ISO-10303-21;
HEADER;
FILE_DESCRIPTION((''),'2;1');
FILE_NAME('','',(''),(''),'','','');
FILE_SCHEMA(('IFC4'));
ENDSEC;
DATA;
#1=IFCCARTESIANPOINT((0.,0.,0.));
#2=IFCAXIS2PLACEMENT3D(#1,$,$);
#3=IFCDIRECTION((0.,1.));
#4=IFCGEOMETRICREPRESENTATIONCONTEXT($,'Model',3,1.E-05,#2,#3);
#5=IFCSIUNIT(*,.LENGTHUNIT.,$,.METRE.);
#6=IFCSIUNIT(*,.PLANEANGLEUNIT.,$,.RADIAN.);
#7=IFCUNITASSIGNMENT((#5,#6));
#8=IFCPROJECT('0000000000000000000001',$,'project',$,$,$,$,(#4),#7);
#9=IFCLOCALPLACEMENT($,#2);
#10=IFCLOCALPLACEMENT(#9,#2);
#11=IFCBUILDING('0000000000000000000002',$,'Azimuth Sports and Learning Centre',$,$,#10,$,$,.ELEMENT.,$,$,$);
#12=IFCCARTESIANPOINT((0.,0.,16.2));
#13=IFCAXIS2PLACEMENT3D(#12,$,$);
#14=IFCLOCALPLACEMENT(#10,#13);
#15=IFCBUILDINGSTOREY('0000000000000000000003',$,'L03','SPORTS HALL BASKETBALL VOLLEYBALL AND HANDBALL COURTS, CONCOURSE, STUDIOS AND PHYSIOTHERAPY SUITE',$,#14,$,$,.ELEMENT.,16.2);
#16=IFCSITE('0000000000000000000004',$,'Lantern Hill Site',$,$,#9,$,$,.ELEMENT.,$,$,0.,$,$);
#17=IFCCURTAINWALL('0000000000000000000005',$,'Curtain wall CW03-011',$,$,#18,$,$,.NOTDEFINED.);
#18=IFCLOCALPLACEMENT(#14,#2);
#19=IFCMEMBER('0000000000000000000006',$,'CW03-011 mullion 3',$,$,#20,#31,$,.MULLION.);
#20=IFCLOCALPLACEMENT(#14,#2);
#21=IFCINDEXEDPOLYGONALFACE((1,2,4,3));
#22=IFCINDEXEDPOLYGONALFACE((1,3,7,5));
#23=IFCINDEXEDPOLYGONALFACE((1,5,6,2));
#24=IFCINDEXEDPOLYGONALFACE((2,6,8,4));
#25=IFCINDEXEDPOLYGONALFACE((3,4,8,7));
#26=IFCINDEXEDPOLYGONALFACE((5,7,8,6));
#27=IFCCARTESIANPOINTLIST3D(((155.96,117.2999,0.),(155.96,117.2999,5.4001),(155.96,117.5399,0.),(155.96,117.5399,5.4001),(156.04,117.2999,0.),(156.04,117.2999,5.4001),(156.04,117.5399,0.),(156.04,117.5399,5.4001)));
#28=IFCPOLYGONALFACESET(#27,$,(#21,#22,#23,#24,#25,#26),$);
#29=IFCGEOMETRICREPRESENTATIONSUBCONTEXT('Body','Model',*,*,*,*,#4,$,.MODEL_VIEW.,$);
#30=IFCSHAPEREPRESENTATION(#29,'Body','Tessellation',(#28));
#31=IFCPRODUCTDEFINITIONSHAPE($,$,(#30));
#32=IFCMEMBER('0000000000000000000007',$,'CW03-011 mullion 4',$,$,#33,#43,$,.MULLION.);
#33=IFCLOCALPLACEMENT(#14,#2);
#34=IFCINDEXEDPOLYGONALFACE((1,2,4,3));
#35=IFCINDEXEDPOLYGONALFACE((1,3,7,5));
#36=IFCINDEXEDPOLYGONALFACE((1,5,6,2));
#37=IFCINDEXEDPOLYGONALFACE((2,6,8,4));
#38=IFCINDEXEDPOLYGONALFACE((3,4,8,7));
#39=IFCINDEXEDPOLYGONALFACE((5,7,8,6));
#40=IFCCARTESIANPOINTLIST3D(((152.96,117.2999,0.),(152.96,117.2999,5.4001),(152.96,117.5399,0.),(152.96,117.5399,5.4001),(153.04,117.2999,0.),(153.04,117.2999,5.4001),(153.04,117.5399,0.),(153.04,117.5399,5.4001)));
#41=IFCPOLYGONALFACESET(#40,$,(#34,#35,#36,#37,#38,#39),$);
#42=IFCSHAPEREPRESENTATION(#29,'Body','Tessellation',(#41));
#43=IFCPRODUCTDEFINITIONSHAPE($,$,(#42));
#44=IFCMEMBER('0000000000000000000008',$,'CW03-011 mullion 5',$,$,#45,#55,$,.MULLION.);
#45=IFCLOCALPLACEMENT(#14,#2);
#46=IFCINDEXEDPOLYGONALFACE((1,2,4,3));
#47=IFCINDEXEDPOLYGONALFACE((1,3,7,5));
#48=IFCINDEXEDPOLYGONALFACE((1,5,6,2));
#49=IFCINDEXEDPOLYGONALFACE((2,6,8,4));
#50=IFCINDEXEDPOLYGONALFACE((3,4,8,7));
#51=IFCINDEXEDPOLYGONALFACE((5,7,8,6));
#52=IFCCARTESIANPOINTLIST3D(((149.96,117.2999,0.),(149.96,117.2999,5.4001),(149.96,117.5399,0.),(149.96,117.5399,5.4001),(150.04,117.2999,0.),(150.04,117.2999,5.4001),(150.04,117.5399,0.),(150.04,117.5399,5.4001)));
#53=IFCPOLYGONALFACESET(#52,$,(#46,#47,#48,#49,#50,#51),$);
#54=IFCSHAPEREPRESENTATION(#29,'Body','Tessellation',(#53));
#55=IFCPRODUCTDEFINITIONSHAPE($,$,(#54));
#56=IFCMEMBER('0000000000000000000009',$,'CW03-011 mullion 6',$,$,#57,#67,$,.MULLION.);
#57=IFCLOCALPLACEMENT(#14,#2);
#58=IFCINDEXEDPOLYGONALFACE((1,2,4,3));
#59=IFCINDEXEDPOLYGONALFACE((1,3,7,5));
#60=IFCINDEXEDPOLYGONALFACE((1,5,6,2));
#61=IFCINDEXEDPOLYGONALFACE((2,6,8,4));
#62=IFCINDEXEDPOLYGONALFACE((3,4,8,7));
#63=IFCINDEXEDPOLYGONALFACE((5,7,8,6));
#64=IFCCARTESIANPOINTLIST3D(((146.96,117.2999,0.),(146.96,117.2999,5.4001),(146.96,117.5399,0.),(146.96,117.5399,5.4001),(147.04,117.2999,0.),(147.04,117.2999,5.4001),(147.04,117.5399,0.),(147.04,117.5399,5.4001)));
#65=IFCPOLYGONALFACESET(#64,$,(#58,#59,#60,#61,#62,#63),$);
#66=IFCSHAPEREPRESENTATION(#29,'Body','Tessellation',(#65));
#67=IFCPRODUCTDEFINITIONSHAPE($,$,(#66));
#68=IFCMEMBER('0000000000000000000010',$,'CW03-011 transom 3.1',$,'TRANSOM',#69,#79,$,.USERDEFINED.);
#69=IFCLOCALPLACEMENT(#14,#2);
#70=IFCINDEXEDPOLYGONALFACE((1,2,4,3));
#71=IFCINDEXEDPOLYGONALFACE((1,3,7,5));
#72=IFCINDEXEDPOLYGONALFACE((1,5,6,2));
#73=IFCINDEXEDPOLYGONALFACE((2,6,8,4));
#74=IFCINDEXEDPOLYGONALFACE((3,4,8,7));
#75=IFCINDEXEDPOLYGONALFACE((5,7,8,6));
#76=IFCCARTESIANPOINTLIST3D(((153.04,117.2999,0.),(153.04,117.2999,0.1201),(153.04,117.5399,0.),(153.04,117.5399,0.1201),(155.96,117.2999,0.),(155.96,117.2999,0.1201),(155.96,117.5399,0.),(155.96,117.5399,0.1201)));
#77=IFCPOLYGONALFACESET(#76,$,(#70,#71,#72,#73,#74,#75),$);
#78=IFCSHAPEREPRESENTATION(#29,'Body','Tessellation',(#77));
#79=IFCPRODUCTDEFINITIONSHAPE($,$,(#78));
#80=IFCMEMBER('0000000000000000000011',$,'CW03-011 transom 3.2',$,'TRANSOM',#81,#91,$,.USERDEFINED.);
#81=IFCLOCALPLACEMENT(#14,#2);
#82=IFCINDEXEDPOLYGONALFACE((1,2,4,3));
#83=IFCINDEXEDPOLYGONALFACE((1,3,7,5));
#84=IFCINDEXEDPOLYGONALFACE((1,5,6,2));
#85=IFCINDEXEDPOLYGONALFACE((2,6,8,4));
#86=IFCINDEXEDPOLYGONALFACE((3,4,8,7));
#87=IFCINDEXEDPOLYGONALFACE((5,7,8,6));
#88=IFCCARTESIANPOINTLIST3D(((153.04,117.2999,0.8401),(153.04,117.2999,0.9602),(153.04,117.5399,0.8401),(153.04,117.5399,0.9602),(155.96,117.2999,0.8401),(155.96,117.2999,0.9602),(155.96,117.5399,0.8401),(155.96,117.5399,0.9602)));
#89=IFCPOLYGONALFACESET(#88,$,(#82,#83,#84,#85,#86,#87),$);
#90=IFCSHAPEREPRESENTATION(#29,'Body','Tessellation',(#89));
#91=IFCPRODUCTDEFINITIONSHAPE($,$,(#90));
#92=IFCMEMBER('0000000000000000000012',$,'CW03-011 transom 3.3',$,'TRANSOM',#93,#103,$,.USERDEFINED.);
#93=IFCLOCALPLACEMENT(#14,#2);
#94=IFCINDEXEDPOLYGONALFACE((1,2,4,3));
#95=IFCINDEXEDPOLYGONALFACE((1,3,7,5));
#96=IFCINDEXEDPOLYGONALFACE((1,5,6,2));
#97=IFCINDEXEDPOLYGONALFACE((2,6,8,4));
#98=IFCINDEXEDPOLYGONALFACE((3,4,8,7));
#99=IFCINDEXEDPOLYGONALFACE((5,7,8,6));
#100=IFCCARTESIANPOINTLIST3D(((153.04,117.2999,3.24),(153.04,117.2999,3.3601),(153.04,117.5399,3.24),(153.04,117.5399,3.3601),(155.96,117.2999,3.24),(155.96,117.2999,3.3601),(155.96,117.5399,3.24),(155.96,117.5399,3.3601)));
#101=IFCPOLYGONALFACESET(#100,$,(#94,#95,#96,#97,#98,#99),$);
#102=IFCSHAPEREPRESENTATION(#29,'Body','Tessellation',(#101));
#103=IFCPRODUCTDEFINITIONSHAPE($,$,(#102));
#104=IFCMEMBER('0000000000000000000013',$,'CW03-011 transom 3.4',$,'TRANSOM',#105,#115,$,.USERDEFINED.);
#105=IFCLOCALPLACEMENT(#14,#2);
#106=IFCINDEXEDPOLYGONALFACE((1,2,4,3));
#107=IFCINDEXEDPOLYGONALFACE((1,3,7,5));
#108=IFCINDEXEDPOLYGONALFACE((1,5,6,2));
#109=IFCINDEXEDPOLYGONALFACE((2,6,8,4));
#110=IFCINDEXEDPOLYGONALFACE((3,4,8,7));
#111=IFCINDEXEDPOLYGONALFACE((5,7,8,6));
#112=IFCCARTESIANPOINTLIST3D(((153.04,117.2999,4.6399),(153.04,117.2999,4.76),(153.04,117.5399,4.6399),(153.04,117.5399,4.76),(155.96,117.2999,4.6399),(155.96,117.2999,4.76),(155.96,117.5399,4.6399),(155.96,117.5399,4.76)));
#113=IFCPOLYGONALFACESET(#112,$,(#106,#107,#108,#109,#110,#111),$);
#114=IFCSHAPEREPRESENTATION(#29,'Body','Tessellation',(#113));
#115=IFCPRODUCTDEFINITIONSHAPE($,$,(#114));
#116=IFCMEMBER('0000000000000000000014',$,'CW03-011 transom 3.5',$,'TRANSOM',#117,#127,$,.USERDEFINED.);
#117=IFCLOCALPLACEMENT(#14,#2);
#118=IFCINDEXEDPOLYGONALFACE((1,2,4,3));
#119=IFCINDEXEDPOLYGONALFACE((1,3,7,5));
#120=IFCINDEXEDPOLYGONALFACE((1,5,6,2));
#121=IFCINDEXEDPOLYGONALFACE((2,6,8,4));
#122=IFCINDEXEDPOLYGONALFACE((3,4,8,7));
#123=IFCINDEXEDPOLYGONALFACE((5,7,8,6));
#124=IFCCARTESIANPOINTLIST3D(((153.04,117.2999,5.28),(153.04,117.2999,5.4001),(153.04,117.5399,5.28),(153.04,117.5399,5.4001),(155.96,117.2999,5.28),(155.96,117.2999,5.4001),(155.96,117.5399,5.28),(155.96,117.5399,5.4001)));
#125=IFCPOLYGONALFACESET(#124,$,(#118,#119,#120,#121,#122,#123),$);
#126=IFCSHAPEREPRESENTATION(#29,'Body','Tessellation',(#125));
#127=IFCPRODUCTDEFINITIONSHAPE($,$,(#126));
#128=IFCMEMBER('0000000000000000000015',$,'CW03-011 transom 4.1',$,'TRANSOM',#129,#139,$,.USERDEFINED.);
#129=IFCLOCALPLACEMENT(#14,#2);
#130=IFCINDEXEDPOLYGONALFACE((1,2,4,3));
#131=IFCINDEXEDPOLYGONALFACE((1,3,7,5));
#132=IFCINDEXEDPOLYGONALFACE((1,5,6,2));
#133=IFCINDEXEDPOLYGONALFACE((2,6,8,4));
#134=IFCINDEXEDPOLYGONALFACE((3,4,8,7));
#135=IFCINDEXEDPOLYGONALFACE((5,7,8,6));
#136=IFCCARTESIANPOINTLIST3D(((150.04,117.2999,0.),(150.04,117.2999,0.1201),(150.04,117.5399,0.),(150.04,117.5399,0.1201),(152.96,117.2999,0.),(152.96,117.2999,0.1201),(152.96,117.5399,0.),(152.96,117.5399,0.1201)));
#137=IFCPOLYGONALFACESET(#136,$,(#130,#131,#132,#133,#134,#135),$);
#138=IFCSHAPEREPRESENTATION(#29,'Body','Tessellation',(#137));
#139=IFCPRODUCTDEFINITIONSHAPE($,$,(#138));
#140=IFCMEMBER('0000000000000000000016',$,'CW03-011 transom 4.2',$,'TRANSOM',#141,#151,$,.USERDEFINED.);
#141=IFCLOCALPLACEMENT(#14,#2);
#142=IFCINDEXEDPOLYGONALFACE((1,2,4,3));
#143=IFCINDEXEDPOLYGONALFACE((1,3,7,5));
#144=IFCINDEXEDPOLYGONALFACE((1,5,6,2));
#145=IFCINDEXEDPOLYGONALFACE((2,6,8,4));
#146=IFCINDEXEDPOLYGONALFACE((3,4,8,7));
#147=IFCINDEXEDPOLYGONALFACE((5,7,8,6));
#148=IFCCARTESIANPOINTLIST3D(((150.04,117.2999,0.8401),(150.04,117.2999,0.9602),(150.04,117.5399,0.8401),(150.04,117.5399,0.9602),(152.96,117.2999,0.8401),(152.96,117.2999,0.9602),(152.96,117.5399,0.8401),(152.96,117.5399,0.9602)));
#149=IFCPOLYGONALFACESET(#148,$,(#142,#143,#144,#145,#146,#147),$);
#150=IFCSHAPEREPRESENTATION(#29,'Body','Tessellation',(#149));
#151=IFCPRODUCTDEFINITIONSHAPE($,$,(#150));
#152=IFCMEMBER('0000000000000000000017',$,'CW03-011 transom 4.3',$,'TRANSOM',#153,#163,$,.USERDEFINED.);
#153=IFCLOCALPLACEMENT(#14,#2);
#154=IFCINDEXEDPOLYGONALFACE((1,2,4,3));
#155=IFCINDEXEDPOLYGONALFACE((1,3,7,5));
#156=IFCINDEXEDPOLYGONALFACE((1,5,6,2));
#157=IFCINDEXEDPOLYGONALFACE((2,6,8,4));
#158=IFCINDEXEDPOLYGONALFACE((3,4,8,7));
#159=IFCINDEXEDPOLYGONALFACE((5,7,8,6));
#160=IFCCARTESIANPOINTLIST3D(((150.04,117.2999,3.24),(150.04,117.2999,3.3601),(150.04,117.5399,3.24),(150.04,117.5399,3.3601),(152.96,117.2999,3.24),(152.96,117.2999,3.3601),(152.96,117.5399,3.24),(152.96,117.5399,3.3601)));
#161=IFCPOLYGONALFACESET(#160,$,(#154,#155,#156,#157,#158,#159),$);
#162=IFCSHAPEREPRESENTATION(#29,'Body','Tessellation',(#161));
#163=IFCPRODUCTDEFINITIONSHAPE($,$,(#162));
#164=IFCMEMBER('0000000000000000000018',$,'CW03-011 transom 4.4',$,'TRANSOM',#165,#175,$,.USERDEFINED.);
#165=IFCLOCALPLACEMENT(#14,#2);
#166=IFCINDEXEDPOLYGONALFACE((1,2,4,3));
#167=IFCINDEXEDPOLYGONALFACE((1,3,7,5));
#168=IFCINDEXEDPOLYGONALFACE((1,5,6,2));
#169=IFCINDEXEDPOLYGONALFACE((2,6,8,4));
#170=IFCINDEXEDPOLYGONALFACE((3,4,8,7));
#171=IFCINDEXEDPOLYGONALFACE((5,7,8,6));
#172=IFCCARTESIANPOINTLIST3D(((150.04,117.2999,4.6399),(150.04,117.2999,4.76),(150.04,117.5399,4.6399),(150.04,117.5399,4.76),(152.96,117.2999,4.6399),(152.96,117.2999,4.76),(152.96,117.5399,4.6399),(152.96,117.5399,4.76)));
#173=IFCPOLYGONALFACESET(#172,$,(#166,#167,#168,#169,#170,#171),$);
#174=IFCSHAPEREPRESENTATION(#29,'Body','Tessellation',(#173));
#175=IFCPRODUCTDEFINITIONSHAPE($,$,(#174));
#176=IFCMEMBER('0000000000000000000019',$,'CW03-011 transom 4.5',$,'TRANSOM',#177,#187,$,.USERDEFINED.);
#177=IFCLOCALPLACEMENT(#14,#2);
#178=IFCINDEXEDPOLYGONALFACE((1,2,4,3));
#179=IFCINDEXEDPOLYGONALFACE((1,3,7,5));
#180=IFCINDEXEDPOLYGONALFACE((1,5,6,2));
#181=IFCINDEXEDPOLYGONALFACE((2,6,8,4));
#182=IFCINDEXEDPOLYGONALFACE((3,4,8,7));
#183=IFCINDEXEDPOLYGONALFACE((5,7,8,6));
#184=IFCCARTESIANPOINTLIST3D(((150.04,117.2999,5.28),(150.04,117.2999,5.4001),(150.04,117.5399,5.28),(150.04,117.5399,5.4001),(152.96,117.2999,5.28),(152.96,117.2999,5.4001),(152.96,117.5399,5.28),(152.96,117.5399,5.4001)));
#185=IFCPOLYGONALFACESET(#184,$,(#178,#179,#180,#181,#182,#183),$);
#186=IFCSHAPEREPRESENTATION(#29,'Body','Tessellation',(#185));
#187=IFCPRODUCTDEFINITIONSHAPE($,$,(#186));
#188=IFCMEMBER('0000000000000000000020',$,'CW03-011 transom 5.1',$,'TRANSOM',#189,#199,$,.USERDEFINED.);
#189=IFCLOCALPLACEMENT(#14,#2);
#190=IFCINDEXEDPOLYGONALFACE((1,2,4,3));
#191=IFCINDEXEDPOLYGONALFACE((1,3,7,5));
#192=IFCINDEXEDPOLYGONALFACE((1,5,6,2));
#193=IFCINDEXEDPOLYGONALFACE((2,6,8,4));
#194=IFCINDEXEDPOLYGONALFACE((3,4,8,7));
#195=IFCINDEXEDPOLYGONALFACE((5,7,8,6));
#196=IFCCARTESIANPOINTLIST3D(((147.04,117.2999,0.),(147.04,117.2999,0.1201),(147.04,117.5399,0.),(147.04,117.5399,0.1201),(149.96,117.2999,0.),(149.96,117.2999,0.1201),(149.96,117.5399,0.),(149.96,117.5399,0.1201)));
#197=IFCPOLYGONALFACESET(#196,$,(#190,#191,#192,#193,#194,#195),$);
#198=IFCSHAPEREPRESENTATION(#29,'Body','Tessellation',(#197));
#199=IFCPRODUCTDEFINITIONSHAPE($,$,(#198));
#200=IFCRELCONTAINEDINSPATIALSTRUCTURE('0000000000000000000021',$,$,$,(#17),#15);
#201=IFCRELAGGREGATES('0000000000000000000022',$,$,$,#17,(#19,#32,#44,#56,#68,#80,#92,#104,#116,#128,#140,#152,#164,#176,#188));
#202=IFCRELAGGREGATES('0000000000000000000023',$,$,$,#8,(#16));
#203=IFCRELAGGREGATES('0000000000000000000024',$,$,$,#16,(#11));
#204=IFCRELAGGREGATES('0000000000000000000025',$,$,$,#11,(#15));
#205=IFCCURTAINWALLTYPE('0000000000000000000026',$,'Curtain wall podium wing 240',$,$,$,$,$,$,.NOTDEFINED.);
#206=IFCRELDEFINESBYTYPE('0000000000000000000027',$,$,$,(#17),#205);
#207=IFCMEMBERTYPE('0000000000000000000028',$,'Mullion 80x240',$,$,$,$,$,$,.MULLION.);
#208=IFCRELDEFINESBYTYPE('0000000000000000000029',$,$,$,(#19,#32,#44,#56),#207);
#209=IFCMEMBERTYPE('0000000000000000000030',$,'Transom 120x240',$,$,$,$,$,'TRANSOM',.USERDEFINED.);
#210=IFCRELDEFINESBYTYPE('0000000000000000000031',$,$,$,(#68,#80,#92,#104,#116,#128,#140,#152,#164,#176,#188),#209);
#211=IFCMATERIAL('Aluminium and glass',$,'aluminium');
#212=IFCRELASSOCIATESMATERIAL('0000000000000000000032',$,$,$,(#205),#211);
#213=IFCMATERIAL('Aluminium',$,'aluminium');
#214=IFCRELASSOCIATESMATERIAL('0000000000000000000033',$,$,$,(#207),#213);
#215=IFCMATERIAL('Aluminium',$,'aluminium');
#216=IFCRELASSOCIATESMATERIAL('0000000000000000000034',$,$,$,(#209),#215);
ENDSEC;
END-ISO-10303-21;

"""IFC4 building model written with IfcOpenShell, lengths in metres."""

from ifc_helpers import new_model, si_unit, direction, frame, origin, origin_2d, place, context, subcontext, project, spatial, rectangle, extrude, material, material_profile, profile_set, type_object, element, aggregate, save


model = new_model("IFC4")

# Units and contexts
model_context = context("Model", 3, precision=1e-05, world=origin(), true_north=direction((0.0, 1.0)))
body_context = subcontext(model_context, "Body", "Model", "MODEL_VIEW")
ifc_project = project(units=[si_unit("LENGTHUNIT", "METRE"), si_unit("PLANEANGLEUNIT", "RADIAN")], contexts=[model_context])

# Site, building, storey
site_placement = place(None, origin())
site = spatial("IfcSite", under=ifc_project, at=site_placement, Name="Lantern Hill Site", CompositionType="ELEMENT", RefElevation=0.0)
building_placement = place(site_placement, origin())
building = spatial("IfcBuilding", under=site, at=building_placement, Name="Azimuth Sports and Learning Centre", CompositionType="ELEMENT")
storey_placement = place(building_placement, frame((0.0, 0.0, 16.2)))
storey = spatial("IfcBuildingStorey", under=building, at=storey_placement, Name="L03", Description="SPORTS HALL BASKETBALL VOLLEYBALL AND HANDBALL COURTS, CONCOURSE, STUDIOS AND PHYSIOTHERAPY SUITE", CompositionType="ELEMENT", Elevation=16.2)

# Curtain wall, members
ifc_material_1 = material(Name="Aluminium and glass", Category="aluminium")
curtain_wall_type = type_object("IfcCurtainWallType", Name="Curtain wall podium wing 240", PredefinedType="NOTDEFINED", material=ifc_material_1)
curtain_wall_placement = place(storey_placement, origin())
curtain_wall = element("IfcCurtainWall", 1, at=curtain_wall_placement, inside=storey, type_object=curtain_wall_type, Name="Curtain wall CW03-011", PredefinedType="NOTDEFINED")
ifc_material_2 = material(Name="Aluminium", Category="aluminium")
ifc_material_profile_1 = material_profile(ifc_material_2, rectangle(XDim=0.24, YDim=0.0801, at=origin_2d()), Name="Mullion 80x240")
ifc_profile_set_1 = profile_set([ifc_material_profile_1], Name="Aluminium")
member_type_1 = type_object("IfcMemberType", Name="Mullion 80x240", PredefinedType="MULLION", material=ifc_profile_set_1)
member_1_placement = place(storey_placement, frame((156.0, 117.4199, 0.0), z_axis=(0.0, 0.0, 1.0), x_axis=(0.0, -1.0, 0.0)))
member_1 = element("IfcMember", 2, at=member_1_placement, type_object=member_type_1, Name="CW03-011 mullion 3", PredefinedType="MULLION", context=body_context, shape_type="SweptSolid", body=[
    extrude(rectangle(XDim=0.24, YDim=0.0801, at=origin_2d()), origin(), (0.0, 0.0, 1.0), 5.4001),
])
member_2_placement = place(storey_placement, frame((153.0, 117.4199, 0.0), z_axis=(0.0, 0.0, 1.0), x_axis=(0.0, -1.0, 0.0)))
member_2 = element("IfcMember", 3, at=member_2_placement, type_object=member_type_1, Name="CW03-011 mullion 4", PredefinedType="MULLION", context=body_context, shape_type="SweptSolid", body=[
    extrude(rectangle(XDim=0.24, YDim=0.0801, at=origin_2d()), origin(), (0.0, 0.0, 1.0), 5.4001),
])
member_3_placement = place(storey_placement, frame((150.0, 117.4199, 0.0), z_axis=(0.0, 0.0, 1.0), x_axis=(0.0, -1.0, 0.0)))
member_3 = element("IfcMember", 4, at=member_3_placement, type_object=member_type_1, Name="CW03-011 mullion 5", PredefinedType="MULLION", context=body_context, shape_type="SweptSolid", body=[
    extrude(rectangle(XDim=0.24, YDim=0.0801, at=origin_2d()), origin(), (0.0, 0.0, 1.0), 5.4001),
])
member_4_placement = place(storey_placement, frame((147.0, 117.4199, 0.0), z_axis=(0.0, 0.0, 1.0), x_axis=(0.0, -1.0, 0.0)))
member_4 = element("IfcMember", 5, at=member_4_placement, type_object=member_type_1, Name="CW03-011 mullion 6", PredefinedType="MULLION", context=body_context, shape_type="SweptSolid", body=[
    extrude(rectangle(XDim=0.24, YDim=0.0801, at=origin_2d()), origin(), (0.0, 0.0, 1.0), 5.4001),
])
ifc_material_3 = material(Name="Aluminium", Category="aluminium")
ifc_material_profile_2 = material_profile(ifc_material_3, rectangle(XDim=0.24, YDim=0.1201, at=origin_2d()), Name="Transom 120x240")
ifc_profile_set_2 = profile_set([ifc_material_profile_2], Name="Aluminium")
member_type_2 = type_object("IfcMemberType", Name="Transom 120x240", ElementType="TRANSOM", PredefinedType="USERDEFINED", material=ifc_profile_set_2)
member_5_placement = place(storey_placement, frame((155.96, 117.4199, 0.0601), z_axis=(-1.0, 0.0, 0.0), x_axis=(0.0, -1.0, 0.0)))
member_5 = element("IfcMember", 6, at=member_5_placement, type_object=member_type_2, Name="CW03-011 transom 3.1", ObjectType="TRANSOM", PredefinedType="USERDEFINED", context=body_context, shape_type="SweptSolid", body=[
    extrude(rectangle(XDim=0.24, YDim=0.1201, at=origin_2d()), origin(), (0.0, 0.0, 1.0), 2.9199),
])
member_6_placement = place(storey_placement, frame((155.96, 117.4199, 0.9001), z_axis=(-1.0, 0.0, 0.0), x_axis=(0.0, -1.0, 0.0)))
member_6 = element("IfcMember", 7, at=member_6_placement, type_object=member_type_2, Name="CW03-011 transom 3.2", ObjectType="TRANSOM", PredefinedType="USERDEFINED", context=body_context, shape_type="SweptSolid", body=[
    extrude(rectangle(XDim=0.24, YDim=0.1201, at=origin_2d()), origin(), (0.0, 0.0, 1.0), 2.9199),
])
member_7_placement = place(storey_placement, frame((155.96, 117.4199, 3.3), z_axis=(-1.0, 0.0, 0.0), x_axis=(0.0, -1.0, 0.0)))
member_7 = element("IfcMember", 8, at=member_7_placement, type_object=member_type_2, Name="CW03-011 transom 3.3", ObjectType="TRANSOM", PredefinedType="USERDEFINED", context=body_context, shape_type="SweptSolid", body=[
    extrude(rectangle(XDim=0.24, YDim=0.1201, at=origin_2d()), origin(), (0.0, 0.0, 1.0), 2.9199),
])
member_8_placement = place(storey_placement, frame((155.96, 117.4199, 4.7), z_axis=(-1.0, 0.0, 0.0), x_axis=(0.0, -1.0, 0.0)))
member_8 = element("IfcMember", 9, at=member_8_placement, type_object=member_type_2, Name="CW03-011 transom 3.4", ObjectType="TRANSOM", PredefinedType="USERDEFINED", context=body_context, shape_type="SweptSolid", body=[
    extrude(rectangle(XDim=0.24, YDim=0.1201, at=origin_2d()), origin(), (0.0, 0.0, 1.0), 2.9199),
])
member_9_placement = place(storey_placement, frame((155.96, 117.4199, 5.3401), z_axis=(-1.0, 0.0, 0.0), x_axis=(0.0, -1.0, 0.0)))
member_9 = element("IfcMember", 10, at=member_9_placement, type_object=member_type_2, Name="CW03-011 transom 3.5", ObjectType="TRANSOM", PredefinedType="USERDEFINED", context=body_context, shape_type="SweptSolid", body=[
    extrude(rectangle(XDim=0.24, YDim=0.1201, at=origin_2d()), origin(), (0.0, 0.0, 1.0), 2.9199),
])
member_10_placement = place(storey_placement, frame((152.96, 117.4199, 0.0601), z_axis=(-1.0, 0.0, 0.0), x_axis=(0.0, -1.0, 0.0)))
member_10 = element("IfcMember", 11, at=member_10_placement, type_object=member_type_2, Name="CW03-011 transom 4.1", ObjectType="TRANSOM", PredefinedType="USERDEFINED", context=body_context, shape_type="SweptSolid", body=[
    extrude(rectangle(XDim=0.24, YDim=0.1201, at=origin_2d()), origin(), (0.0, 0.0, 1.0), 2.9199),
])
member_11_placement = place(storey_placement, frame((152.96, 117.4199, 0.9001), z_axis=(-1.0, 0.0, 0.0), x_axis=(0.0, -1.0, 0.0)))
member_11 = element("IfcMember", 12, at=member_11_placement, type_object=member_type_2, Name="CW03-011 transom 4.2", ObjectType="TRANSOM", PredefinedType="USERDEFINED", context=body_context, shape_type="SweptSolid", body=[
    extrude(rectangle(XDim=0.24, YDim=0.1201, at=origin_2d()), origin(), (0.0, 0.0, 1.0), 2.9199),
])
member_12_placement = place(storey_placement, frame((152.96, 117.4199, 3.3), z_axis=(-1.0, 0.0, 0.0), x_axis=(0.0, -1.0, 0.0)))
member_12 = element("IfcMember", 13, at=member_12_placement, type_object=member_type_2, Name="CW03-011 transom 4.3", ObjectType="TRANSOM", PredefinedType="USERDEFINED", context=body_context, shape_type="SweptSolid", body=[
    extrude(rectangle(XDim=0.24, YDim=0.1201, at=origin_2d()), origin(), (0.0, 0.0, 1.0), 2.9199),
])
member_13_placement = place(storey_placement, frame((152.96, 117.4199, 4.7), z_axis=(-1.0, 0.0, 0.0), x_axis=(0.0, -1.0, 0.0)))
member_13 = element("IfcMember", 14, at=member_13_placement, type_object=member_type_2, Name="CW03-011 transom 4.4", ObjectType="TRANSOM", PredefinedType="USERDEFINED", context=body_context, shape_type="SweptSolid", body=[
    extrude(rectangle(XDim=0.24, YDim=0.1201, at=origin_2d()), origin(), (0.0, 0.0, 1.0), 2.9199),
])
member_14_placement = place(storey_placement, frame((152.96, 117.4199, 5.3401), z_axis=(-1.0, 0.0, 0.0), x_axis=(0.0, -1.0, 0.0)))
member_14 = element("IfcMember", 15, at=member_14_placement, type_object=member_type_2, Name="CW03-011 transom 4.5", ObjectType="TRANSOM", PredefinedType="USERDEFINED", context=body_context, shape_type="SweptSolid", body=[
    extrude(rectangle(XDim=0.24, YDim=0.1201, at=origin_2d()), origin(), (0.0, 0.0, 1.0), 2.9199),
])
member_15_placement = place(storey_placement, frame((149.96, 117.4199, 0.0601), z_axis=(-1.0, 0.0, 0.0), x_axis=(0.0, -1.0, 0.0)))
member_15 = element("IfcMember", 16, at=member_15_placement, type_object=member_type_2, Name="CW03-011 transom 5.1", ObjectType="TRANSOM", PredefinedType="USERDEFINED", context=body_context, shape_type="SweptSolid", body=[
    extrude(rectangle(XDim=0.24, YDim=0.1201, at=origin_2d()), origin(), (0.0, 0.0, 1.0), 2.9199),
])
aggregate(curtain_wall, [member_1, member_2, member_3, member_4, member_5, member_6, member_7, member_8, member_9, member_10, member_11, member_12, member_13, member_14, member_15])

save(model, "model.ifc")
